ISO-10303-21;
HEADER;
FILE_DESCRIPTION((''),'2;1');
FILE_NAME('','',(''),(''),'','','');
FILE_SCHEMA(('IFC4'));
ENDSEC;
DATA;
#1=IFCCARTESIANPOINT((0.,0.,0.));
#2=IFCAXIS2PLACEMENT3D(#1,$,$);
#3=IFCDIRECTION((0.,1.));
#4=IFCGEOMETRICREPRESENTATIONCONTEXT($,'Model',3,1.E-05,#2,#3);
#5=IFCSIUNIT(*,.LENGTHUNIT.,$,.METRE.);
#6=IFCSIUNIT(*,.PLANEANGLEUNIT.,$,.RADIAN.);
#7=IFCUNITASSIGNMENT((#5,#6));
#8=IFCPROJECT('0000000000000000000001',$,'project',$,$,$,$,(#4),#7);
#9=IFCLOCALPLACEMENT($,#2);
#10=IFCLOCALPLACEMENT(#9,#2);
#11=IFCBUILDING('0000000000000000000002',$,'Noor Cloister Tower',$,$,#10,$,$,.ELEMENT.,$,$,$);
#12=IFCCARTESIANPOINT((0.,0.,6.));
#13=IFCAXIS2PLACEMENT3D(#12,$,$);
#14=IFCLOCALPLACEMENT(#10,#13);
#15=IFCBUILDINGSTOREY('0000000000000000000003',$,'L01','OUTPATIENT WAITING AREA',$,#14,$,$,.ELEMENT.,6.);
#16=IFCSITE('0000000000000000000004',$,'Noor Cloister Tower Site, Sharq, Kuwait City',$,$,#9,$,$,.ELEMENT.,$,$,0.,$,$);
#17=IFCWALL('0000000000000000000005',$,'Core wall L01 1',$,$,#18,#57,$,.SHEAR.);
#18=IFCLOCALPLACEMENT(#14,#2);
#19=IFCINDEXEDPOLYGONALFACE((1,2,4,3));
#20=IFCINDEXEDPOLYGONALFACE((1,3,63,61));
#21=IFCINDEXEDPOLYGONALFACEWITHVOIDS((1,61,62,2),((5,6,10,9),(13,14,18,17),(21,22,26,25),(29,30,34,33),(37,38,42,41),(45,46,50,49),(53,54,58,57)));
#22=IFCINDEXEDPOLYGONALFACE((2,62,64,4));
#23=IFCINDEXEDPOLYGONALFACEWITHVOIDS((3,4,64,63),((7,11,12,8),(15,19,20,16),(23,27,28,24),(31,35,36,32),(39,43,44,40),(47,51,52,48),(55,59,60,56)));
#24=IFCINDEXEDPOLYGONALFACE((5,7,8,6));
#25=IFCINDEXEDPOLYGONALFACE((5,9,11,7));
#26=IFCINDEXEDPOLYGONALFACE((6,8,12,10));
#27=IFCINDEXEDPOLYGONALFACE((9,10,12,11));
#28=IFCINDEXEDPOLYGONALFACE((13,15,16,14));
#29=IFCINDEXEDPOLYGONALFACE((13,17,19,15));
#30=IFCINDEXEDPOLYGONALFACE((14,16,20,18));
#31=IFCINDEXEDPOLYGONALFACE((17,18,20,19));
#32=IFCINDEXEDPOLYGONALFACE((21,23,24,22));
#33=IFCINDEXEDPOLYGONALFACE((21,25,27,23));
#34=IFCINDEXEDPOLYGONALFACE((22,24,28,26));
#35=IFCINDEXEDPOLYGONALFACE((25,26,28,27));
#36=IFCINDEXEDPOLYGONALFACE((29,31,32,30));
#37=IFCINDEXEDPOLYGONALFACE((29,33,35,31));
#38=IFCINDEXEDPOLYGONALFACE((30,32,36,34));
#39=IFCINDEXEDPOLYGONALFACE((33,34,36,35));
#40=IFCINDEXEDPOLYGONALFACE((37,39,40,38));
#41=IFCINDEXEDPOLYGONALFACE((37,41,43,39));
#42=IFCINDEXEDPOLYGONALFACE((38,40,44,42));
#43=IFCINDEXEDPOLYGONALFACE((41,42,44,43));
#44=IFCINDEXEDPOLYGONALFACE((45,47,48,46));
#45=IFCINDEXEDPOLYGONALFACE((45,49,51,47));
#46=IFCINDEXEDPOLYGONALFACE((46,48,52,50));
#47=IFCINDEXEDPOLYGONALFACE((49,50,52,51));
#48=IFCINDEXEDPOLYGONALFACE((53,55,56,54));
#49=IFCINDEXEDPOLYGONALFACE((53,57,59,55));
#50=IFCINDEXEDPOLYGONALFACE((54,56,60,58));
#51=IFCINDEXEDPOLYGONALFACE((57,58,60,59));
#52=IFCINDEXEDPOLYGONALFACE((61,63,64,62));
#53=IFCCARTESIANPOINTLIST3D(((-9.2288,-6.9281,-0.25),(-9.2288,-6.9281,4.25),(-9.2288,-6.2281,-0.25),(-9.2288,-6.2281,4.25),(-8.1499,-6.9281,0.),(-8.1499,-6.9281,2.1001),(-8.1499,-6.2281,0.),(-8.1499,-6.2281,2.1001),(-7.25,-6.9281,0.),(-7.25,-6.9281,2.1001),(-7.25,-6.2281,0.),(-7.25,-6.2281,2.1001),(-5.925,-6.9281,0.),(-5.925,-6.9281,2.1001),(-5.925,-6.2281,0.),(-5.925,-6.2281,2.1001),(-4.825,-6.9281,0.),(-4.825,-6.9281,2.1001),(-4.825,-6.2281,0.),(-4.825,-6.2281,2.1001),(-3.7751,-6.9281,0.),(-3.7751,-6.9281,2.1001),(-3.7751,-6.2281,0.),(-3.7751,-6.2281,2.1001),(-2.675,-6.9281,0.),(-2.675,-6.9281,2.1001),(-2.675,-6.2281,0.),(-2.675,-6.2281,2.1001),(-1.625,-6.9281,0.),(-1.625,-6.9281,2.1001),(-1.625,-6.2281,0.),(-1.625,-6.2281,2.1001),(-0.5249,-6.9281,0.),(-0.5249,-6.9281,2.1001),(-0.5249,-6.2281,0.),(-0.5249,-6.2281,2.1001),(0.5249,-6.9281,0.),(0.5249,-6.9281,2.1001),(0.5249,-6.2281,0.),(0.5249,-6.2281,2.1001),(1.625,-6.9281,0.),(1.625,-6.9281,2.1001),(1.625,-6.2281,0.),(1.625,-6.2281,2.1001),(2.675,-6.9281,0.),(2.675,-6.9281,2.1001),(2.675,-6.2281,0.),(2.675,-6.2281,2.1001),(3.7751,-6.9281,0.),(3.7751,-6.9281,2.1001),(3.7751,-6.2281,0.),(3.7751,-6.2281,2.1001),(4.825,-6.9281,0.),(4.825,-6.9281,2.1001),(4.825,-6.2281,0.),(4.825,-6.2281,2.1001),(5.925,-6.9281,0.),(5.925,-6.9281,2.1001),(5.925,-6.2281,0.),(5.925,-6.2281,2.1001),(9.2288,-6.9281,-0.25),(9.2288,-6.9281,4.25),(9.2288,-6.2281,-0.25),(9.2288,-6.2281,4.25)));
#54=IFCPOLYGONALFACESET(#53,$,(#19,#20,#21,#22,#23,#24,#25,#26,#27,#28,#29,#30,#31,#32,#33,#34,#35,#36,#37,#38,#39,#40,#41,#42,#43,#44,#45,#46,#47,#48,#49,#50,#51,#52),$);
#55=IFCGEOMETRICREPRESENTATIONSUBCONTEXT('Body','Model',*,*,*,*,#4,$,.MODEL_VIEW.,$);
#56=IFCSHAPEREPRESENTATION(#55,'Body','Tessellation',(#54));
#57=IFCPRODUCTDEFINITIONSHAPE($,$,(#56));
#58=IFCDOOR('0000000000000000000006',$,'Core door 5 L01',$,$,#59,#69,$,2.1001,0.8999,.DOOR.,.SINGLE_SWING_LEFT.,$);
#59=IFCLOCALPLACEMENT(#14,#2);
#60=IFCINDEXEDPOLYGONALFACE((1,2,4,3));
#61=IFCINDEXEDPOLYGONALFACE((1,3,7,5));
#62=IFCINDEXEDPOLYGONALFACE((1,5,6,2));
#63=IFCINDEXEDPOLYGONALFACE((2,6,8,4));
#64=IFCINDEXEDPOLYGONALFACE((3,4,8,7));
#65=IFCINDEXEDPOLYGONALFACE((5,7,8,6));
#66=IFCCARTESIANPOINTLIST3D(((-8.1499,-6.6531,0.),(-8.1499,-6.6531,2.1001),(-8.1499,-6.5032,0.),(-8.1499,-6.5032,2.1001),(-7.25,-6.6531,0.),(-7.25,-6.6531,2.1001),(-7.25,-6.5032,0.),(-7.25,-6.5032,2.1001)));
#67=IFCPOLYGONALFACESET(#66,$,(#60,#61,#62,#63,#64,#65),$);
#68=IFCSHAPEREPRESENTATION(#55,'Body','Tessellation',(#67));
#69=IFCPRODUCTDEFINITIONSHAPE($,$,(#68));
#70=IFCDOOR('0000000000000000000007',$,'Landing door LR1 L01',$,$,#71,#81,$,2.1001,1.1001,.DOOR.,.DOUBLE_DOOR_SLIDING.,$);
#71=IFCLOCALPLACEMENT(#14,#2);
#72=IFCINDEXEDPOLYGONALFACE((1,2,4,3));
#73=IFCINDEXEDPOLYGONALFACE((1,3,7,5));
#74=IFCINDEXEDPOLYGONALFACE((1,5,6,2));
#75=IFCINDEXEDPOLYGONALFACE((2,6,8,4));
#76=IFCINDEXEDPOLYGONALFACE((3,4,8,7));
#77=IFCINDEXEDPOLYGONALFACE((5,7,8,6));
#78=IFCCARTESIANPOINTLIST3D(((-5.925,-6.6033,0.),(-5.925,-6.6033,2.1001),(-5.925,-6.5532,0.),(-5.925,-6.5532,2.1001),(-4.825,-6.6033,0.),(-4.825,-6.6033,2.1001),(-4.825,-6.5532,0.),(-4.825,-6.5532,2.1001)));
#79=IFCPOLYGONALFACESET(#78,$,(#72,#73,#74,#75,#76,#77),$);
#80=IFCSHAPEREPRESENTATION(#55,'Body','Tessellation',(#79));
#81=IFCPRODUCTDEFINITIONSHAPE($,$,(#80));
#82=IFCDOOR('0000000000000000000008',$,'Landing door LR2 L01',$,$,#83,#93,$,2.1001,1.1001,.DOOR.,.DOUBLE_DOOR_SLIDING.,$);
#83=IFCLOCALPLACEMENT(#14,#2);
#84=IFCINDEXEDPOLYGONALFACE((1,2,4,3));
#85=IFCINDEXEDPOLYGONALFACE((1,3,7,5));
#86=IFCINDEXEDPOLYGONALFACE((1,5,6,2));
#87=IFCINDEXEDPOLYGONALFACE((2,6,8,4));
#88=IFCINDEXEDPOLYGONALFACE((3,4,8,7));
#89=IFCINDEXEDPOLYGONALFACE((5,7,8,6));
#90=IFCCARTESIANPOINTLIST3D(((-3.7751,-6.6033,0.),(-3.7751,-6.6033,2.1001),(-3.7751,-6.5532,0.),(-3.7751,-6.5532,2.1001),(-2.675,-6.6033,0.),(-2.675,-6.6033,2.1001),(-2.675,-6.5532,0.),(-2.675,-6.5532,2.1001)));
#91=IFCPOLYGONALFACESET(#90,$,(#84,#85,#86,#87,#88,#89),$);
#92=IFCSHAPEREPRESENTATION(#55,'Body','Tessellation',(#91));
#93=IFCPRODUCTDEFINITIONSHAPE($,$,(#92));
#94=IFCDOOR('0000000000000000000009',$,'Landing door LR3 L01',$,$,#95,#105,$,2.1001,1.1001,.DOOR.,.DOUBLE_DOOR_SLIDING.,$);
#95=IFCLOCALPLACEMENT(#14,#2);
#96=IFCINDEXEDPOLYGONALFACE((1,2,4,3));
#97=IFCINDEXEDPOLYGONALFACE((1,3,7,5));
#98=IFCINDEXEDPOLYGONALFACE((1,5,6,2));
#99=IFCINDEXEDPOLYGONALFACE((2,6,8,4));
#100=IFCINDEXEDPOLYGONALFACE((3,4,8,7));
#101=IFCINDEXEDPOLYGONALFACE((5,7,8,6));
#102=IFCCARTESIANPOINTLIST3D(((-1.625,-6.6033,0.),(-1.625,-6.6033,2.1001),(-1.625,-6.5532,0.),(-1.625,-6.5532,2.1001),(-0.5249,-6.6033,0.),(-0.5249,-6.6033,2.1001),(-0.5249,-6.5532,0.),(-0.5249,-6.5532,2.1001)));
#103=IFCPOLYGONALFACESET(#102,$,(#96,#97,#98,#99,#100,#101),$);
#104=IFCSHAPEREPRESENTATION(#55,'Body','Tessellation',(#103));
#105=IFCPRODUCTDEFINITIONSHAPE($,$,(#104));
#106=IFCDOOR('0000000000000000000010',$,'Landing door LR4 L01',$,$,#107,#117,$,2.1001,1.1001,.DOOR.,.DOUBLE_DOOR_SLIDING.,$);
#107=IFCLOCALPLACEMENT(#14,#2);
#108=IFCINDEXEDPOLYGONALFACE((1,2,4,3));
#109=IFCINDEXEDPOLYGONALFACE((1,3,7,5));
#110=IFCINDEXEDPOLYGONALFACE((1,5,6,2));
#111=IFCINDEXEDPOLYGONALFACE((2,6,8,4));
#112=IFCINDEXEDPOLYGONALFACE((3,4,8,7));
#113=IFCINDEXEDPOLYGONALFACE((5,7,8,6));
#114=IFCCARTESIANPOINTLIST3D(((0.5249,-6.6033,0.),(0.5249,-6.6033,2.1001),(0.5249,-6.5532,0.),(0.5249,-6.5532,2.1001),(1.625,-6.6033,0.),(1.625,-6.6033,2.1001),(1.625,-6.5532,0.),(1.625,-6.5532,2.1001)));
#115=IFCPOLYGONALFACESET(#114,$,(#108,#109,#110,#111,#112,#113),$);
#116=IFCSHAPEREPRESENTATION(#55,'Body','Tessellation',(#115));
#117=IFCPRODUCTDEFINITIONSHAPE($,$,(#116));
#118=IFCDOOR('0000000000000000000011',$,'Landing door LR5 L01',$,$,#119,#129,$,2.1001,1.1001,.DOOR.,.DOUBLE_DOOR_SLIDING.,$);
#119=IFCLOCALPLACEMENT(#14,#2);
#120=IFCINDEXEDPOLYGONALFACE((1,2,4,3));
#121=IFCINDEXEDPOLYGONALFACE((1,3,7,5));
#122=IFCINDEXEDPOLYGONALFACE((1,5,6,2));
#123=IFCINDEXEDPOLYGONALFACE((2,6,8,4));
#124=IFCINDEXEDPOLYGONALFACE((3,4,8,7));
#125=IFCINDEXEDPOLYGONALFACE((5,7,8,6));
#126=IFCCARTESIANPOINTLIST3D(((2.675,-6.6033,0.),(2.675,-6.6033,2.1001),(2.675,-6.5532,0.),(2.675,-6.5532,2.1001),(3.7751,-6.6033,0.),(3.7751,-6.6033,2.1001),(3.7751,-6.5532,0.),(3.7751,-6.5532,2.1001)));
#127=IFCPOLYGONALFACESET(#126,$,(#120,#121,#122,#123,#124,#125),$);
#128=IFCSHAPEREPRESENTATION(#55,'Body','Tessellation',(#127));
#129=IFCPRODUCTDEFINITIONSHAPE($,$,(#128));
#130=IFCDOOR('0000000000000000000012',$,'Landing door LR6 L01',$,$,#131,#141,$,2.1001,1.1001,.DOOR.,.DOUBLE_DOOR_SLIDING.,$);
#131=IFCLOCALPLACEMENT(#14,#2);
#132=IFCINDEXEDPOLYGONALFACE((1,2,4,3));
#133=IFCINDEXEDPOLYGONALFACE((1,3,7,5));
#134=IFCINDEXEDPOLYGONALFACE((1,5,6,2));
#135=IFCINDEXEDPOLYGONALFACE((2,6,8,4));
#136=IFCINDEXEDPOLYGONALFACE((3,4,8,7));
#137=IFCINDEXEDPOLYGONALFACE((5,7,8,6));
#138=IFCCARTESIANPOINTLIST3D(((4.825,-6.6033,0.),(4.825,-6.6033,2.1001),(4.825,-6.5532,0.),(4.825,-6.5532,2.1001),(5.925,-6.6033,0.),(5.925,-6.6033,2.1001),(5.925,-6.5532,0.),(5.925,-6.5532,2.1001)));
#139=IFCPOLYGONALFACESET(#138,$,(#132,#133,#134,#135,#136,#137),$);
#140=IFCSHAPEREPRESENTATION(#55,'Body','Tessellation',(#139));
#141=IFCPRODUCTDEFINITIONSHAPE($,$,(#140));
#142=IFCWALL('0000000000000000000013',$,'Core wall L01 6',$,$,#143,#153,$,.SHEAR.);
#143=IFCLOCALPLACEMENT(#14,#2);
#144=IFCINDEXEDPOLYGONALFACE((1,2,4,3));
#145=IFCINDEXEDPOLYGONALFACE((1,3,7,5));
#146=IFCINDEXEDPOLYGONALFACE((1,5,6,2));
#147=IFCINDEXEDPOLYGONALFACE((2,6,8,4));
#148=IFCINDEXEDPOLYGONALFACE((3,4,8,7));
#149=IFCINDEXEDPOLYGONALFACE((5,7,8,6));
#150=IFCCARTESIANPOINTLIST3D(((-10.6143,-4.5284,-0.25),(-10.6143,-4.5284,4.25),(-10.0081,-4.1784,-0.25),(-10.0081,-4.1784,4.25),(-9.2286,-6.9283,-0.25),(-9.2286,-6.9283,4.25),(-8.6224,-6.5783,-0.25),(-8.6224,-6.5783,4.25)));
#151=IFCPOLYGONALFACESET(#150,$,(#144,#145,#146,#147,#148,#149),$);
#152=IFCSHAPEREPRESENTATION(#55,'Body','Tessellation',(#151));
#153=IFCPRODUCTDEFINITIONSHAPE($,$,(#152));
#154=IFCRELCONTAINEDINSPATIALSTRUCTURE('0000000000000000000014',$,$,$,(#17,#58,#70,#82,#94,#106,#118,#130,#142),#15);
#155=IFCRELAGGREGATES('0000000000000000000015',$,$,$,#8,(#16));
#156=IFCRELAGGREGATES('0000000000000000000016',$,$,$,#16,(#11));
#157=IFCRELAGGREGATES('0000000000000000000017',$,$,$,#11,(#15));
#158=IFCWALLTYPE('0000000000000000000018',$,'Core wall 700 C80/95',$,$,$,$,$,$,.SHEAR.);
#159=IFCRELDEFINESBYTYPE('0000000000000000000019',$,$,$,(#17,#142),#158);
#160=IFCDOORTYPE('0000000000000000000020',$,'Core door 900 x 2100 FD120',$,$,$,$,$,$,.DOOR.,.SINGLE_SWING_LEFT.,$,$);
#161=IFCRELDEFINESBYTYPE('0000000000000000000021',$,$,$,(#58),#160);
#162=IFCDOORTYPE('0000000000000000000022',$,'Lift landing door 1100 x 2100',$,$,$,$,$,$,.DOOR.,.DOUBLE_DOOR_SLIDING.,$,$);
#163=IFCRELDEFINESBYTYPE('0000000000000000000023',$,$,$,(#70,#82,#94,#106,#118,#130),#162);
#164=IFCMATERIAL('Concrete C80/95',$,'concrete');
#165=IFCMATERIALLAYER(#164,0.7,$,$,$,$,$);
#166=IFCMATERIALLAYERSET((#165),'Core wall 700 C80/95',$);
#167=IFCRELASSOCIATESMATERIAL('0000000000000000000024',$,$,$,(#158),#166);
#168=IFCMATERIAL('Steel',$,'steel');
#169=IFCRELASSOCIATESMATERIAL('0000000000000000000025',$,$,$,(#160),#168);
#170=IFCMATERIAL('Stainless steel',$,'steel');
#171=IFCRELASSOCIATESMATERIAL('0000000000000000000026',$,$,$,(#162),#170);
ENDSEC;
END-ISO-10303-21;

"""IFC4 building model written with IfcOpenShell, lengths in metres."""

from ifc_helpers import new_model, si_unit, direction, frame, frame_2d, origin, place, context, subcontext, project, spatial, rectangle, extrude, material, layer, layer_set, type_object, element, fill, save


model = new_model("IFC4")

# Units and contexts
model_context = context("Model", 3, precision=1e-05, world=origin(), true_north=direction((0.0, 1.0)))
body_context = subcontext(model_context, "Body", "Model", "MODEL_VIEW")
ifc_project = project(units=[si_unit("LENGTHUNIT", "METRE"), si_unit("PLANEANGLEUNIT", "RADIAN")], contexts=[model_context])

# Site, building, storey
site_placement = place(None, origin())
site = spatial("IfcSite", under=ifc_project, at=site_placement, Name="Noor Cloister Tower Site, Sharq, Kuwait City", CompositionType="ELEMENT", RefElevation=0.0)
building_placement = place(site_placement, origin())
building = spatial("IfcBuilding", under=site, at=building_placement, Name="Noor Cloister Tower", CompositionType="ELEMENT")
storey_placement = place(building_placement, frame((0.0, 0.0, 6.0)))
storey = spatial("IfcBuildingStorey", under=building, at=storey_placement, Name="L01", Description="OUTPATIENT WAITING AREA", CompositionType="ELEMENT", Elevation=6.0)

# Wall, openings, doors
ifc_material_1 = material(Name="Concrete C80/95", Category="concrete")
ifc_layer_1 = layer(ifc_material_1, 0.7)
ifc_layer_set_1 = layer_set([ifc_layer_1], Name="Core wall 700 C80/95")
wall_type_1 = type_object("IfcWallType", Name="Core wall 700 C80/95", PredefinedType="SHEAR", material=ifc_layer_set_1)
wall_1_placement = place(storey_placement, frame((-9.2288, -6.5781, -0.25), z_axis=(0.0, 0.0, 1.0), x_axis=(1.0, 0.0, 0.0)))
wall_1 = element("IfcWall", 1, at=wall_1_placement, inside=storey, type_object=wall_type_1, Name="Core wall L01 1", PredefinedType="SHEAR", context=body_context, shape_type="SweptSolid", body=[
    extrude(rectangle(XDim=18.4575, YDim=0.7, at=frame_2d((9.2288, 0.0))), origin(), (0.0, 0.0, 1.0), 4.5),
])
opening_1_placement = place(wall_1_placement, frame((3.3037, 0.0, 0.25)))
opening_1 = element("IfcOpeningElement", 2, at=opening_1_placement, cuts=wall_1, PredefinedType="OPENING", context=body_context, shape_type="SweptSolid", body=[
    extrude(rectangle(XDim=1.1001, YDim=2.1001, at=frame_2d((0.55, 1.05))), frame((0.0, 0.3599, 0.0), z_axis=(0.0, -1.0, 0.0), x_axis=(1.0, 0.0, 0.0)), (0.0, 0.0, 1.0), 0.72),
])
opening_2_placement = place(wall_1_placement, frame((5.4536, 0.0, 0.25)))
opening_2 = element("IfcOpeningElement", 3, at=opening_2_placement, cuts=wall_1, PredefinedType="OPENING", context=body_context, shape_type="SweptSolid", body=[
    extrude(rectangle(XDim=1.1001, YDim=2.1001, at=frame_2d((0.55, 1.05))), frame((0.0, 0.3599, 0.0), z_axis=(0.0, -1.0, 0.0), x_axis=(1.0, 0.0, 0.0)), (0.0, 0.0, 1.0), 0.72),
])
opening_3_placement = place(wall_1_placement, frame((7.6038, 0.0, 0.25)))
opening_3 = element("IfcOpeningElement", 4, at=opening_3_placement, cuts=wall_1, PredefinedType="OPENING", context=body_context, shape_type="SweptSolid", body=[
    extrude(rectangle(XDim=1.1001, YDim=2.1001, at=frame_2d((0.55, 1.05))), frame((0.0, 0.3599, 0.0), z_axis=(0.0, -1.0, 0.0), x_axis=(1.0, 0.0, 0.0)), (0.0, 0.0, 1.0), 0.72),
])
opening_4_placement = place(wall_1_placement, frame((9.7537, 0.0, 0.25)))
opening_4 = element("IfcOpeningElement", 5, at=opening_4_placement, cuts=wall_1, PredefinedType="OPENING", context=body_context, shape_type="SweptSolid", body=[
    extrude(rectangle(XDim=1.1001, YDim=2.1001, at=frame_2d((0.55, 1.05))), frame((0.0, 0.3599, 0.0), z_axis=(0.0, -1.0, 0.0), x_axis=(1.0, 0.0, 0.0)), (0.0, 0.0, 1.0), 0.72),
])
opening_5_placement = place(wall_1_placement, frame((11.9038, 0.0, 0.25)))
opening_5 = element("IfcOpeningElement", 6, at=opening_5_placement, cuts=wall_1, PredefinedType="OPENING", context=body_context, shape_type="SweptSolid", body=[
    extrude(rectangle(XDim=1.1001, YDim=2.1001, at=frame_2d((0.55, 1.05))), frame((0.0, 0.3599, 0.0), z_axis=(0.0, -1.0, 0.0), x_axis=(1.0, 0.0, 0.0)), (0.0, 0.0, 1.0), 0.72),
])
opening_6_placement = place(wall_1_placement, frame((14.0537, 0.0, 0.25)))
opening_6 = element("IfcOpeningElement", 7, at=opening_6_placement, cuts=wall_1, PredefinedType="OPENING", context=body_context, shape_type="SweptSolid", body=[
    extrude(rectangle(XDim=1.1001, YDim=2.1001, at=frame_2d((0.55, 1.05))), frame((0.0, 0.3599, 0.0), z_axis=(0.0, -1.0, 0.0), x_axis=(1.0, 0.0, 0.0)), (0.0, 0.0, 1.0), 0.72),
])
opening_7_placement = place(wall_1_placement, frame((1.0789, 0.0, 0.25)))
opening_7 = element("IfcOpeningElement", 8, at=opening_7_placement, cuts=wall_1, PredefinedType="OPENING", context=body_context, shape_type="SweptSolid", body=[
    extrude(rectangle(XDim=0.8999, YDim=2.1001, at=frame_2d((0.45, 1.05))), frame((0.0, 0.3599, 0.0), z_axis=(0.0, -1.0, 0.0), x_axis=(1.0, 0.0, 0.0)), (0.0, 0.0, 1.0), 0.72),
])
ifc_material_2 = material(Name="Steel", Category="steel")
door_type_1 = type_object("IfcDoorType", Name="Core door 900 x 2100 FD120", OperationType="SINGLE_SWING_LEFT", PredefinedType="DOOR", material=ifc_material_2)
door_1_placement = place(opening_7_placement, origin())
door_1 = element("IfcDoor", 9, at=door_1_placement, inside=storey, type_object=door_type_1, Name="Core door 5 L01", OperationType="SINGLE_SWING_LEFT", OverallHeight=2.1001, OverallWidth=0.8999, PredefinedType="DOOR", context=body_context, shape_type="SweptSolid", body=[
    extrude(rectangle(XDim=0.8999, YDim=2.1001, at=frame_2d((0.45, 1.05))), frame((0.0, 0.075, 0.0), z_axis=(0.0, -1.0, 0.0), x_axis=(1.0, 0.0, 0.0)), (0.0, 0.0, 1.0), 0.1499),
])
fill(opening_7, door_1)
ifc_material_3 = material(Name="Stainless steel", Category="steel")
door_type_2 = type_object("IfcDoorType", Name="Lift landing door 1100 x 2100", OperationType="DOUBLE_DOOR_SLIDING", PredefinedType="DOOR", material=ifc_material_3)
door_2_placement = place(opening_1_placement, origin())
door_2 = element("IfcDoor", 10, at=door_2_placement, inside=storey, type_object=door_type_2, Name="Landing door LR1 L01", OperationType="DOUBLE_DOOR_SLIDING", OverallHeight=2.1001, OverallWidth=1.1001, PredefinedType="DOOR", context=body_context, shape_type="SweptSolid", body=[
    extrude(rectangle(XDim=1.1001, YDim=2.1001, at=frame_2d((0.55, 1.05))), frame((0.0, 0.0249, 0.0), z_axis=(0.0, -1.0, 0.0), x_axis=(1.0, 0.0, 0.0)), (0.0, 0.0, 1.0), 0.05),
])
fill(opening_1, door_2)
door_3_placement = place(opening_2_placement, origin())
door_3 = element("IfcDoor", 11, at=door_3_placement, inside=storey, type_object=door_type_2, Name="Landing door LR2 L01", OperationType="DOUBLE_DOOR_SLIDING", OverallHeight=2.1001, OverallWidth=1.1001, PredefinedType="DOOR", context=body_context, shape_type="SweptSolid", body=[
    extrude(rectangle(XDim=1.1001, YDim=2.1001, at=frame_2d((0.55, 1.05))), frame((0.0, 0.0249, 0.0), z_axis=(0.0, -1.0, 0.0), x_axis=(1.0, 0.0, 0.0)), (0.0, 0.0, 1.0), 0.05),
])
fill(opening_2, door_3)
door_4_placement = place(opening_3_placement, origin())
door_4 = element("IfcDoor", 12, at=door_4_placement, inside=storey, type_object=door_type_2, Name="Landing door LR3 L01", OperationType="DOUBLE_DOOR_SLIDING", OverallHeight=2.1001, OverallWidth=1.1001, PredefinedType="DOOR", context=body_context, shape_type="SweptSolid", body=[
    extrude(rectangle(XDim=1.1001, YDim=2.1001, at=frame_2d((0.55, 1.05))), frame((0.0, 0.0249, 0.0), z_axis=(0.0, -1.0, 0.0), x_axis=(1.0, 0.0, 0.0)), (0.0, 0.0, 1.0), 0.05),
])
fill(opening_3, door_4)
door_5_placement = place(opening_4_placement, origin())
door_5 = element("IfcDoor", 13, at=door_5_placement, inside=storey, type_object=door_type_2, Name="Landing door LR4 L01", OperationType="DOUBLE_DOOR_SLIDING", OverallHeight=2.1001, OverallWidth=1.1001, PredefinedType="DOOR", context=body_context, shape_type="SweptSolid", body=[
    extrude(rectangle(XDim=1.1001, YDim=2.1001, at=frame_2d((0.55, 1.05))), frame((0.0, 0.0249, 0.0), z_axis=(0.0, -1.0, 0.0), x_axis=(1.0, 0.0, 0.0)), (0.0, 0.0, 1.0), 0.05),
])
fill(opening_4, door_5)
door_6_placement = place(opening_5_placement, origin())
door_6 = element("IfcDoor", 14, at=door_6_placement, inside=storey, type_object=door_type_2, Name="Landing door LR5 L01", OperationType="DOUBLE_DOOR_SLIDING", OverallHeight=2.1001, OverallWidth=1.1001, PredefinedType="DOOR", context=body_context, shape_type="SweptSolid", body=[
    extrude(rectangle(XDim=1.1001, YDim=2.1001, at=frame_2d((0.55, 1.05))), frame((0.0, 0.0249, 0.0), z_axis=(0.0, -1.0, 0.0), x_axis=(1.0, 0.0, 0.0)), (0.0, 0.0, 1.0), 0.05),
])
fill(opening_5, door_6)
door_7_placement = place(opening_6_placement, origin())
door_7 = element("IfcDoor", 15, at=door_7_placement, inside=storey, type_object=door_type_2, Name="Landing door LR6 L01", OperationType="DOUBLE_DOOR_SLIDING", OverallHeight=2.1001, OverallWidth=1.1001, PredefinedType="DOOR", context=body_context, shape_type="SweptSolid", body=[
    extrude(rectangle(XDim=1.1001, YDim=2.1001, at=frame_2d((0.55, 1.05))), frame((0.0, 0.0249, 0.0), z_axis=(0.0, -1.0, 0.0), x_axis=(1.0, 0.0, 0.0)), (0.0, 0.0, 1.0), 0.05),
])
fill(opening_6, door_7)

# Wall
wall_2_placement = place(storey_placement, frame((-10.3113, -4.3533, -0.25), z_axis=(0.0, 0.0, 1.0), x_axis=(0.500043, -0.866001, 0.0)))
element("IfcWall", 16, at=wall_2_placement, inside=storey, type_object=wall_type_1, Name="Core wall L01 6", PredefinedType="SHEAR", context=body_context, shape_type="SweptSolid", body=[
    extrude(rectangle(XDim=2.7712, YDim=0.7, at=frame_2d((1.3857, 0.0))), origin(), (0.0, 0.0, 1.0), 4.5),
])

save(model, "model.ifc")
